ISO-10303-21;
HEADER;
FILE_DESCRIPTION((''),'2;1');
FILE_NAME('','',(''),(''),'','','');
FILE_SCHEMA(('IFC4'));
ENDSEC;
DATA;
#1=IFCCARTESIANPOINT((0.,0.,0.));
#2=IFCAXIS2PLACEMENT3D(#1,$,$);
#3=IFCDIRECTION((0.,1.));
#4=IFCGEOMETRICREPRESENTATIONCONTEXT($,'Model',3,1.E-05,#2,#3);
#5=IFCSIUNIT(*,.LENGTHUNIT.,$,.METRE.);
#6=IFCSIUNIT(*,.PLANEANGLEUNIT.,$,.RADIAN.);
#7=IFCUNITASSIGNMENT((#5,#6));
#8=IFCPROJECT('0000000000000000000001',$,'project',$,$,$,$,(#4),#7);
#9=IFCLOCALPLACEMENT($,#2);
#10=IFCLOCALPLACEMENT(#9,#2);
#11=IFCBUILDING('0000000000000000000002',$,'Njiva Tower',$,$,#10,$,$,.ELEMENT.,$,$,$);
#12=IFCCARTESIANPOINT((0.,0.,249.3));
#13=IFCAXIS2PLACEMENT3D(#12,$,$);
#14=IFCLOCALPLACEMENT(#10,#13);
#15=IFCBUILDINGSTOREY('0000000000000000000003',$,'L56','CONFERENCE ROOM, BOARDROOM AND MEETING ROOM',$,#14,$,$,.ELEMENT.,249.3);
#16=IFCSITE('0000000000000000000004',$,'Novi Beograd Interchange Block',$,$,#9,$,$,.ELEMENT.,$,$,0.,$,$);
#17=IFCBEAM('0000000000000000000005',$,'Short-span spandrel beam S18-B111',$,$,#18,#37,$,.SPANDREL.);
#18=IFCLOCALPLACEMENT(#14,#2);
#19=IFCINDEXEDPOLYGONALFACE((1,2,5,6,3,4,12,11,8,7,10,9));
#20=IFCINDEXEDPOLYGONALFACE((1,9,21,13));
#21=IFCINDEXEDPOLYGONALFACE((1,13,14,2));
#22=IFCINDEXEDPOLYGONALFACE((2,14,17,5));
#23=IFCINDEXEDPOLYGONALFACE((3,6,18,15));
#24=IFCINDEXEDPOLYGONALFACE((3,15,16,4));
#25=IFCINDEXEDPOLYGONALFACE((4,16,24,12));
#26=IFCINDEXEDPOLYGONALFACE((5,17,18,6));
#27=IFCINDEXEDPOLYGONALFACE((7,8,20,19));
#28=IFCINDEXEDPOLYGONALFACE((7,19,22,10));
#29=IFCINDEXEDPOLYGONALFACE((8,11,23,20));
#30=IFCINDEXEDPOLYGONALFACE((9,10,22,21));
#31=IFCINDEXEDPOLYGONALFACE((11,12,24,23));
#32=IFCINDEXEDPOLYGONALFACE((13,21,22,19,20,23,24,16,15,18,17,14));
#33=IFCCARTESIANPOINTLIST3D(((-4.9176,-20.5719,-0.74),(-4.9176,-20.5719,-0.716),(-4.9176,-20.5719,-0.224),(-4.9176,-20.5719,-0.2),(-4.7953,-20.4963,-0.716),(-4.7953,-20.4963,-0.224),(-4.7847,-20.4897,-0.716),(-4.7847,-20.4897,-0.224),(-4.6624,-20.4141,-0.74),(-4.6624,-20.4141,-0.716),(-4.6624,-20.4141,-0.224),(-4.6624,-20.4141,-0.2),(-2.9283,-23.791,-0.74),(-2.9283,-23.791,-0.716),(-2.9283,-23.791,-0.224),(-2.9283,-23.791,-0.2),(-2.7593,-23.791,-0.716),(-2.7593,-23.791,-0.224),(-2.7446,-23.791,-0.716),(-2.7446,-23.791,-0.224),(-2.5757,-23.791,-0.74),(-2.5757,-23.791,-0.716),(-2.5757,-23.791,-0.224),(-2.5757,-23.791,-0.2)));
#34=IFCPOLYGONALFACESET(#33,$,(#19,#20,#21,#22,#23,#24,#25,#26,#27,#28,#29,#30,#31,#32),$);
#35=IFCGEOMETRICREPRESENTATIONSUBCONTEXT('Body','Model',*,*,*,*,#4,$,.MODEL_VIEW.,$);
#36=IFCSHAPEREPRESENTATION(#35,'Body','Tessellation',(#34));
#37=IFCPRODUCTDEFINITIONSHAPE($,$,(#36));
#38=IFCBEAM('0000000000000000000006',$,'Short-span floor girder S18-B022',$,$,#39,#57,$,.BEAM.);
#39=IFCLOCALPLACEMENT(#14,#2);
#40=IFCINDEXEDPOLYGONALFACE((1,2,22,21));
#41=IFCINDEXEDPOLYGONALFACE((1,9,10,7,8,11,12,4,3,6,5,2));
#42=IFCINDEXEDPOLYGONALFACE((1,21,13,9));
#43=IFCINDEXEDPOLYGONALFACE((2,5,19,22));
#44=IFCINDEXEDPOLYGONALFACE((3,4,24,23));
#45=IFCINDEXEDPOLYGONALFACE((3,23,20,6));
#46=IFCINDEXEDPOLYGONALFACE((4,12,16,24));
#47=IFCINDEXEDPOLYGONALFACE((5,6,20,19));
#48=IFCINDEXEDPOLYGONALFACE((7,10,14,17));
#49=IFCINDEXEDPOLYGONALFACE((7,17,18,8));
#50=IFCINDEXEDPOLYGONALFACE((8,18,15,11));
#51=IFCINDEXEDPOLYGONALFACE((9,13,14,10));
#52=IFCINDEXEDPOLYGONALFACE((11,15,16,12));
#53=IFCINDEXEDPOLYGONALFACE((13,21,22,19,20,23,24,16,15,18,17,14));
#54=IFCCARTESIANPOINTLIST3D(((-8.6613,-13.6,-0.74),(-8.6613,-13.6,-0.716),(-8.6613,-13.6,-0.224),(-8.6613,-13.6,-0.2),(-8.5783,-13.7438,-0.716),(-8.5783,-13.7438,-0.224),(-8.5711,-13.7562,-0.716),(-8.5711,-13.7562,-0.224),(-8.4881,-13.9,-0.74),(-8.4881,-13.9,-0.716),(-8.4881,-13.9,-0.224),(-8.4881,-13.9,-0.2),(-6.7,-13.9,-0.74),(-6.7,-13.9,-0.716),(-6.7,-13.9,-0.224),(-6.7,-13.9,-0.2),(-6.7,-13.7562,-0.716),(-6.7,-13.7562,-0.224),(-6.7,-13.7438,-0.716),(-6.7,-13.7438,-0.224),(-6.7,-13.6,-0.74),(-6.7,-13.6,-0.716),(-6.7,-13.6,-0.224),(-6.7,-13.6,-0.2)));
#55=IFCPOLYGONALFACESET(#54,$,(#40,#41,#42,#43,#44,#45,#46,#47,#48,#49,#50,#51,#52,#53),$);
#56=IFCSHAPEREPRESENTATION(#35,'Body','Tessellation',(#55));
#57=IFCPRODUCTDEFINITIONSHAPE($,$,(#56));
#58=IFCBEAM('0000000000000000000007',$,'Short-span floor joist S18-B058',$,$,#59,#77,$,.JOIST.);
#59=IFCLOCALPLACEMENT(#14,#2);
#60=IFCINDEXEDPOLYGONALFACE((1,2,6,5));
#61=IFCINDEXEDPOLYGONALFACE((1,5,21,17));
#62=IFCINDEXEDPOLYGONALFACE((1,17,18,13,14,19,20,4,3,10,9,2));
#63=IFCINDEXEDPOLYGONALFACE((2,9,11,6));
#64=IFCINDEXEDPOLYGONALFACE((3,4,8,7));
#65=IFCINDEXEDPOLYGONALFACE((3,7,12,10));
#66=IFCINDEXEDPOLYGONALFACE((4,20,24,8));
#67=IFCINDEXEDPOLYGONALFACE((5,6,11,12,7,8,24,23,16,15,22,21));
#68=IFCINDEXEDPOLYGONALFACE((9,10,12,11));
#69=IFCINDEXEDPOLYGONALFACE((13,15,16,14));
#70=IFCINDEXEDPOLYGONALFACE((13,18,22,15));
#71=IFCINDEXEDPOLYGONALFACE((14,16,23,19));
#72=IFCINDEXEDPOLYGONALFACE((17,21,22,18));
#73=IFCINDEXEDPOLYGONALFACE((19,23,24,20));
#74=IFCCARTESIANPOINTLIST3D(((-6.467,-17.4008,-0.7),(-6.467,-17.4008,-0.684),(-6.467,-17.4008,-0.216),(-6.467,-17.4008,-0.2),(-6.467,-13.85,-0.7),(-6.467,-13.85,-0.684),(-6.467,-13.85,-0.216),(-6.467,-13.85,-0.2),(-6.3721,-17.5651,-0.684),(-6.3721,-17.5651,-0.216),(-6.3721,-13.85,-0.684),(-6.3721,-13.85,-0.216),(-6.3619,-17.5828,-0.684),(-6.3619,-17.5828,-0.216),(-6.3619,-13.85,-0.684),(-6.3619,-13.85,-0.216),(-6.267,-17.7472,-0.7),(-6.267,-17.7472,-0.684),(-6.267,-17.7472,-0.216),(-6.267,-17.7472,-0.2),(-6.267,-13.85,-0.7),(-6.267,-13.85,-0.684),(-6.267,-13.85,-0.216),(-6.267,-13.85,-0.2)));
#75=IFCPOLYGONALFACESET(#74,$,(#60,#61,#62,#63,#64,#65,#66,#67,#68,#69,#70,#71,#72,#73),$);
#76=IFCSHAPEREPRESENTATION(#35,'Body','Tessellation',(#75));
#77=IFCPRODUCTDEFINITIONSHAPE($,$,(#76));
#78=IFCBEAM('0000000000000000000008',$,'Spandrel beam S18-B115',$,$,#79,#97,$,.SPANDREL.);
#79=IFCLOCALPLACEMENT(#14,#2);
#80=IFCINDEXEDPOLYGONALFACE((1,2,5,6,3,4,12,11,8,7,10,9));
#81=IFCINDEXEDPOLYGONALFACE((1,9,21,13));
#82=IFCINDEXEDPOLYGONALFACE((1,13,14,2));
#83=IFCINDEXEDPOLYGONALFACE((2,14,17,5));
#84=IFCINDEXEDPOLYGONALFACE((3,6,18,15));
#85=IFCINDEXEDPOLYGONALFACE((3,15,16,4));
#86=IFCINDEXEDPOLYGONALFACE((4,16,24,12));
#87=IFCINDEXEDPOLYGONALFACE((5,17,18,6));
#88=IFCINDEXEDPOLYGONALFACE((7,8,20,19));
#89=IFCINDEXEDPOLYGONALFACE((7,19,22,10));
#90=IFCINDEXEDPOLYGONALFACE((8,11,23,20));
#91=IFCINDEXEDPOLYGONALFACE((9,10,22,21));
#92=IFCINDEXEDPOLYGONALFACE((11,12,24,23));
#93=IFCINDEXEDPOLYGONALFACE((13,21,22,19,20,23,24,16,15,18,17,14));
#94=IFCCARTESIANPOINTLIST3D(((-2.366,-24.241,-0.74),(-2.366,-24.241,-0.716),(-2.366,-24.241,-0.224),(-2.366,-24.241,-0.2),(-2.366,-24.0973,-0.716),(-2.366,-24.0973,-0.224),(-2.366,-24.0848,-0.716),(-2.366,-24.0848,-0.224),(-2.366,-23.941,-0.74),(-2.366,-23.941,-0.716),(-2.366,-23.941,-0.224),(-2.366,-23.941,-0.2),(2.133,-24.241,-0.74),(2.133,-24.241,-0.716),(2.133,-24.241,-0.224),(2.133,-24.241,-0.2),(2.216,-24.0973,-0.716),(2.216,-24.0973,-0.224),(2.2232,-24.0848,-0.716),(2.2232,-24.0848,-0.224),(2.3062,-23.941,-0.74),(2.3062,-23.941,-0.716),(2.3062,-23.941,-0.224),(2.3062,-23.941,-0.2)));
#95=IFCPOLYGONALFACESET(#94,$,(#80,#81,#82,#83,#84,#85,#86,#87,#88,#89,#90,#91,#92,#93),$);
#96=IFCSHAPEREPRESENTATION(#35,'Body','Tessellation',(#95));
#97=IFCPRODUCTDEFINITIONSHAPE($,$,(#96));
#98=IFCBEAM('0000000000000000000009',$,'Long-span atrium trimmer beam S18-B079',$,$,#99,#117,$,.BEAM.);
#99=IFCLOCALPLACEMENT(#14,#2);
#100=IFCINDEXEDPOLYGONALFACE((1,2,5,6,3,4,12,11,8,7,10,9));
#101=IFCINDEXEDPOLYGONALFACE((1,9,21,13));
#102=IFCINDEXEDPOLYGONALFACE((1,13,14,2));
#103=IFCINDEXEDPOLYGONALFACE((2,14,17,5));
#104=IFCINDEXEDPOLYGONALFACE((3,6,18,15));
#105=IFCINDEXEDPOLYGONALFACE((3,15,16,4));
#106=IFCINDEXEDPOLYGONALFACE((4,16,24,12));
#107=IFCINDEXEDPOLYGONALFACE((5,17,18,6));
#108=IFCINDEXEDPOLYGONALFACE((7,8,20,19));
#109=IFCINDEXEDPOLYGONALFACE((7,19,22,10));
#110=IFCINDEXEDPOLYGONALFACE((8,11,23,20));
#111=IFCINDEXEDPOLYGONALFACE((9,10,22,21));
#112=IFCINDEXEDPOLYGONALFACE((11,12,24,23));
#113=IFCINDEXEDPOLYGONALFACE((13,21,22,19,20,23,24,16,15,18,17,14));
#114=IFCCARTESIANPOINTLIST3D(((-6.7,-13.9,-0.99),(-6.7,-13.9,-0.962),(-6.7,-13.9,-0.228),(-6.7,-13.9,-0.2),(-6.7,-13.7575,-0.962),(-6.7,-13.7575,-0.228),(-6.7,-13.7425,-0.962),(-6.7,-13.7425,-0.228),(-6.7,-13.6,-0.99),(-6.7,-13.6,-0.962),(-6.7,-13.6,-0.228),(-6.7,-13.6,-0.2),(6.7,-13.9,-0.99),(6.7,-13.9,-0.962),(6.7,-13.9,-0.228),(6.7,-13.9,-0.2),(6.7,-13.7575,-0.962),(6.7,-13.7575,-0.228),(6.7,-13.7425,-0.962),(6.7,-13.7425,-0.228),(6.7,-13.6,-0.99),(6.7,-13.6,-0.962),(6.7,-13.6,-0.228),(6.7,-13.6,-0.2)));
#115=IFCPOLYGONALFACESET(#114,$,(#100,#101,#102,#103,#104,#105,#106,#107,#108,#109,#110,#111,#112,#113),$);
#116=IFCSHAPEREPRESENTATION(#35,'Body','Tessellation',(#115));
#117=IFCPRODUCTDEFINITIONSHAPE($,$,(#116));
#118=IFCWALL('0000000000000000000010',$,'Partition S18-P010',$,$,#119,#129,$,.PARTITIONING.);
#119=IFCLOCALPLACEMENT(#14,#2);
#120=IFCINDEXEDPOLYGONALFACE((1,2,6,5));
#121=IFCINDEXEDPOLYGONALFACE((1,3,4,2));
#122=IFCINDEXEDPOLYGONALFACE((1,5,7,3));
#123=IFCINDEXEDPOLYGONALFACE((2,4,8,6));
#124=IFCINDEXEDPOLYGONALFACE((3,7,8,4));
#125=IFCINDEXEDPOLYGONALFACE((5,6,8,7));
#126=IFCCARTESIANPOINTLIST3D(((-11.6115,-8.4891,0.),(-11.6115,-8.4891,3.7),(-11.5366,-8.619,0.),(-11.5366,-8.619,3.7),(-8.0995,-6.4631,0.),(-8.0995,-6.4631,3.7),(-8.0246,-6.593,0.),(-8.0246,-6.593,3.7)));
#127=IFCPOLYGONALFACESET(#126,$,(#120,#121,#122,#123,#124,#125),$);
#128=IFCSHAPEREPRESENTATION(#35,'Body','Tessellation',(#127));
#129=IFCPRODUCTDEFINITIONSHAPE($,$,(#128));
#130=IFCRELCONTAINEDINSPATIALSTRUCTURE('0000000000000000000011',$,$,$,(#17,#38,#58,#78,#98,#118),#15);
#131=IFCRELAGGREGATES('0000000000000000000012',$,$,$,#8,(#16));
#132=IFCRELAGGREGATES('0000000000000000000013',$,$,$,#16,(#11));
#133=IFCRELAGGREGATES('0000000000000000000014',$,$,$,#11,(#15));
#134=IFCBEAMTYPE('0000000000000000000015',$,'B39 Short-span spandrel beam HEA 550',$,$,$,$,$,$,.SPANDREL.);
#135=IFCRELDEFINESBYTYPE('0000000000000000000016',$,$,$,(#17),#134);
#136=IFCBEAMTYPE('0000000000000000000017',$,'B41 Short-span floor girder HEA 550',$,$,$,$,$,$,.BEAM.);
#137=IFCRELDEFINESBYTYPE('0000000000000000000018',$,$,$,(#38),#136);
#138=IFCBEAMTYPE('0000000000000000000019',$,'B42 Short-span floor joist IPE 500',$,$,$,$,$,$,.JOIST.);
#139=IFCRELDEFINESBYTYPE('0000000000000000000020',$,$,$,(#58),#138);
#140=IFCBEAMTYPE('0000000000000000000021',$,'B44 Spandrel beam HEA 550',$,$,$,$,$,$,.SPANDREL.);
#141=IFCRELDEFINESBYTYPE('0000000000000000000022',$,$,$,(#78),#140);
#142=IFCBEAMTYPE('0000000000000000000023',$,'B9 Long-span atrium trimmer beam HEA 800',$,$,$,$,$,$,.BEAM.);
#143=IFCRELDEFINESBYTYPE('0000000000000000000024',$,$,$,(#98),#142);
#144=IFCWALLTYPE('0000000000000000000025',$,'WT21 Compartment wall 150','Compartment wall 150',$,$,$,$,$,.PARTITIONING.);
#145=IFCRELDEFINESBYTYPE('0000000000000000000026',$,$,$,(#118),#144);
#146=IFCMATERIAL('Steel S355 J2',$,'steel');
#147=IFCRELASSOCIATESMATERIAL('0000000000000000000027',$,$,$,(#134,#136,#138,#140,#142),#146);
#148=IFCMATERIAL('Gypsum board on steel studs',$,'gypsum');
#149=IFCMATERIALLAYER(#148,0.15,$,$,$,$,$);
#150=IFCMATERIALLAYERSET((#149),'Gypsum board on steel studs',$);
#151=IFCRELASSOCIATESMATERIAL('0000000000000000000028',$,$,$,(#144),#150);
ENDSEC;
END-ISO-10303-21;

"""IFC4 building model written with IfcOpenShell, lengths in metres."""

from ifc_helpers import new_model, si_unit, direction, frame, frame_2d, origin, origin_2d, place, context, subcontext, project, spatial, rectangle, i_section, extrude, clip, halfspace, material, layer, layer_set, material_profile, profile_set, type_object, element, save


model = new_model("IFC4")

# Units and contexts
model_context = context("Model", 3, precision=1e-05, world=origin(), true_north=direction((0.0, 1.0)))
body_context = subcontext(model_context, "Body", "Model", "MODEL_VIEW")
ifc_project = project(units=[si_unit("LENGTHUNIT", "METRE"), si_unit("PLANEANGLEUNIT", "RADIAN")], contexts=[model_context])

# Site, building, storey
site_placement = place(None, origin())
site = spatial("IfcSite", under=ifc_project, at=site_placement, Name="Novi Beograd Interchange Block", CompositionType="ELEMENT", RefElevation=0.0)
building_placement = place(site_placement, origin())
building = spatial("IfcBuilding", under=site, at=building_placement, Name="Njiva Tower", CompositionType="ELEMENT")
storey_placement = place(building_placement, frame((0.0, 0.0, 249.3)))
storey = spatial("IfcBuildingStorey", under=building, at=storey_placement, Name="L56", Description="CONFERENCE ROOM, BOARDROOM AND MEETING ROOM", CompositionType="ELEMENT", Elevation=249.3)

# Shared definitions
ifc_material_1 = material(Name="Steel S355 J2", Category="steel")

# Beams
ifc_material_profile_1 = material_profile(ifc_material_1, i_section(OverallWidth=0.3, OverallDepth=0.54, WebThickness=0.0125, FlangeThickness=0.024, at=origin_2d()), Name="HEA 550")
ifc_profile_set_1 = profile_set([ifc_material_profile_1], Name="Steel S355 J2")
beam_type_1 = type_object("IfcBeamType", Name="B39 Short-span spandrel beam HEA 550", PredefinedType="SPANDREL", material=ifc_profile_set_1)
beam_1_placement = place(storey_placement, frame((-4.79, -20.493, -0.47), z_axis=(0.52568, -0.850683, 0.0), x_axis=(0.850683, 0.52568, 0.0)))
element("IfcBeam", 1, at=beam_1_placement, inside=storey, type_object=beam_type_1, Name="Short-span spandrel beam S18-B111", PredefinedType="SPANDREL", context=body_context, shape_type="Clipping", body=[
    clip(extrude(i_section(OverallWidth=0.3, OverallDepth=0.54, WebThickness=0.0125, FlangeThickness=0.024, at=origin_2d()), origin(), (0.0, 0.0, 1.0), 3.9899), halfspace(frame((-0.0259, 0.0, 3.8609), z_axis=(-0.52568, 0.0, 0.850683), x_axis=(0.0, 1.0, 0.0)), False)),
])
ifc_material_profile_2 = material_profile(ifc_material_1, i_section(OverallWidth=0.3, OverallDepth=0.54, WebThickness=0.0125, FlangeThickness=0.024, at=origin_2d()), Name="HEA 550")
ifc_profile_set_2 = profile_set([ifc_material_profile_2], Name="Steel S355 J2")
beam_type_2 = type_object("IfcBeamType", Name="B41 Short-span floor girder HEA 550", PredefinedType="BEAM", material=ifc_profile_set_2)
beam_2_placement = place(storey_placement, frame((-8.682, -13.75, -0.47), z_axis=(1.0, 0.0, 0.0), x_axis=(0.0, 1.0, 0.0)))
element("IfcBeam", 2, at=beam_2_placement, inside=storey, type_object=beam_type_2, Name="Short-span floor girder S18-B022", PredefinedType="BEAM", context=body_context, shape_type="Clipping", body=[
    clip(extrude(i_section(OverallWidth=0.3, OverallDepth=0.54, WebThickness=0.0125, FlangeThickness=0.024, at=origin_2d()), origin(), (0.0, 0.0, 1.0), 1.982), halfspace(frame((-0.025, 0.0, 0.1217), z_axis=(-0.499998, 0.0, -0.866027), x_axis=(0.0, -1.0, 0.0)), False)),
])
ifc_material_profile_3 = material_profile(ifc_material_1, i_section(OverallWidth=0.2, OverallDepth=0.5, WebThickness=0.0102, FlangeThickness=0.016, at=origin_2d()), Name="IPE 500")
ifc_profile_set_3 = profile_set([ifc_material_profile_3], Name="Steel S355 J2")
beam_type_3 = type_object("IfcBeamType", Name="B42 Short-span floor joist IPE 500", PredefinedType="JOIST", material=ifc_profile_set_3)
beam_3_placement = place(storey_placement, frame((-6.367, -13.85, -0.45), z_axis=(0.0, -1.0, 0.0), x_axis=(1.0, 0.0, 0.0)))
element("IfcBeam", 3, at=beam_3_placement, inside=storey, type_object=beam_type_3, Name="Short-span floor joist S18-B058", PredefinedType="JOIST", context=body_context, shape_type="Clipping", body=[
    clip(extrude(i_section(OverallWidth=0.2, OverallDepth=0.5, WebThickness=0.0102, FlangeThickness=0.016, at=origin_2d()), origin(), (0.0, 0.0, 1.0), 3.917), halfspace(frame((-0.043, 0.0, 3.6495), z_axis=(-0.866027, 0.0, 0.499998), x_axis=(0.0, 1.0, 0.0)), False)),
])
ifc_material_profile_4 = material_profile(ifc_material_1, i_section(OverallWidth=0.3, OverallDepth=0.54, WebThickness=0.0125, FlangeThickness=0.024, at=origin_2d()), Name="HEA 550")
ifc_profile_set_4 = profile_set([ifc_material_profile_4], Name="Steel S355 J2")
beam_type_4 = type_object("IfcBeamType", Name="B44 Spandrel beam HEA 550", PredefinedType="SPANDREL", material=ifc_profile_set_4)
beam_4_placement = place(storey_placement, frame((-2.366, -24.091, -0.47), z_axis=(1.0, 0.0, 0.0), x_axis=(0.0, 1.0, 0.0)))
element("IfcBeam", 4, at=beam_4_placement, inside=storey, type_object=beam_type_4, Name="Spandrel beam S18-B115", PredefinedType="SPANDREL", context=body_context, shape_type="Clipping", body=[
    clip(extrude(i_section(OverallWidth=0.3, OverallDepth=0.54, WebThickness=0.0125, FlangeThickness=0.024, at=origin_2d()), origin(), (0.0, 0.0, 1.0), 4.693), halfspace(frame((-0.0247, 0.0, 4.5713), z_axis=(-0.499998, 0.0, 0.866027), x_axis=(0.0, 1.0, 0.0)), False)),
])
ifc_material_profile_5 = material_profile(ifc_material_1, i_section(OverallWidth=0.3, OverallDepth=0.79, WebThickness=0.015, FlangeThickness=0.028, at=origin_2d()), Name="HEA 800")
ifc_profile_set_5 = profile_set([ifc_material_profile_5], Name="Steel S355 J2")
beam_type_5 = type_object("IfcBeamType", Name="B9 Long-span atrium trimmer beam HEA 800", PredefinedType="BEAM", material=ifc_profile_set_5)
beam_5_placement = place(storey_placement, frame((-6.7, -13.75, -0.595), z_axis=(1.0, 0.0, 0.0), x_axis=(0.0, 1.0, 0.0)))
element("IfcBeam", 5, at=beam_5_placement, inside=storey, type_object=beam_type_5, Name="Long-span atrium trimmer beam S18-B079", PredefinedType="BEAM", context=body_context, shape_type="SweptSolid", body=[
    extrude(i_section(OverallWidth=0.3, OverallDepth=0.79, WebThickness=0.015, FlangeThickness=0.028, at=origin_2d()), origin(), (0.0, 0.0, 1.0), 13.4),
])

# Wall
ifc_material_2 = material(Name="Gypsum board on steel studs", Category="gypsum")
ifc_layer_1 = layer(ifc_material_2, 0.15)
ifc_layer_set_1 = layer_set([ifc_layer_1], Name="Gypsum board on steel studs")
wall_type_1 = type_object("IfcWallType", Name="WT21 Compartment wall 150", Description="Compartment wall 150", PredefinedType="PARTITIONING", material=ifc_layer_set_1)
wall_1_placement = place(storey_placement, frame((-11.574, -8.554, 0.0), z_axis=(0.0, 0.0, 1.0), x_axis=(0.866202, 0.499694, 0.0)))
element("IfcWall", 6, at=wall_1_placement, inside=storey, type_object=wall_type_1, Name="Partition S18-P010", PredefinedType="PARTITIONING", context=body_context, shape_type="SweptSolid", body=[
    extrude(rectangle(XDim=4.0545, YDim=0.15, at=frame_2d((2.0272, 0.0))), origin(), (0.0, 0.0, 1.0), 3.7),
])

save(model, "model.ifc")
